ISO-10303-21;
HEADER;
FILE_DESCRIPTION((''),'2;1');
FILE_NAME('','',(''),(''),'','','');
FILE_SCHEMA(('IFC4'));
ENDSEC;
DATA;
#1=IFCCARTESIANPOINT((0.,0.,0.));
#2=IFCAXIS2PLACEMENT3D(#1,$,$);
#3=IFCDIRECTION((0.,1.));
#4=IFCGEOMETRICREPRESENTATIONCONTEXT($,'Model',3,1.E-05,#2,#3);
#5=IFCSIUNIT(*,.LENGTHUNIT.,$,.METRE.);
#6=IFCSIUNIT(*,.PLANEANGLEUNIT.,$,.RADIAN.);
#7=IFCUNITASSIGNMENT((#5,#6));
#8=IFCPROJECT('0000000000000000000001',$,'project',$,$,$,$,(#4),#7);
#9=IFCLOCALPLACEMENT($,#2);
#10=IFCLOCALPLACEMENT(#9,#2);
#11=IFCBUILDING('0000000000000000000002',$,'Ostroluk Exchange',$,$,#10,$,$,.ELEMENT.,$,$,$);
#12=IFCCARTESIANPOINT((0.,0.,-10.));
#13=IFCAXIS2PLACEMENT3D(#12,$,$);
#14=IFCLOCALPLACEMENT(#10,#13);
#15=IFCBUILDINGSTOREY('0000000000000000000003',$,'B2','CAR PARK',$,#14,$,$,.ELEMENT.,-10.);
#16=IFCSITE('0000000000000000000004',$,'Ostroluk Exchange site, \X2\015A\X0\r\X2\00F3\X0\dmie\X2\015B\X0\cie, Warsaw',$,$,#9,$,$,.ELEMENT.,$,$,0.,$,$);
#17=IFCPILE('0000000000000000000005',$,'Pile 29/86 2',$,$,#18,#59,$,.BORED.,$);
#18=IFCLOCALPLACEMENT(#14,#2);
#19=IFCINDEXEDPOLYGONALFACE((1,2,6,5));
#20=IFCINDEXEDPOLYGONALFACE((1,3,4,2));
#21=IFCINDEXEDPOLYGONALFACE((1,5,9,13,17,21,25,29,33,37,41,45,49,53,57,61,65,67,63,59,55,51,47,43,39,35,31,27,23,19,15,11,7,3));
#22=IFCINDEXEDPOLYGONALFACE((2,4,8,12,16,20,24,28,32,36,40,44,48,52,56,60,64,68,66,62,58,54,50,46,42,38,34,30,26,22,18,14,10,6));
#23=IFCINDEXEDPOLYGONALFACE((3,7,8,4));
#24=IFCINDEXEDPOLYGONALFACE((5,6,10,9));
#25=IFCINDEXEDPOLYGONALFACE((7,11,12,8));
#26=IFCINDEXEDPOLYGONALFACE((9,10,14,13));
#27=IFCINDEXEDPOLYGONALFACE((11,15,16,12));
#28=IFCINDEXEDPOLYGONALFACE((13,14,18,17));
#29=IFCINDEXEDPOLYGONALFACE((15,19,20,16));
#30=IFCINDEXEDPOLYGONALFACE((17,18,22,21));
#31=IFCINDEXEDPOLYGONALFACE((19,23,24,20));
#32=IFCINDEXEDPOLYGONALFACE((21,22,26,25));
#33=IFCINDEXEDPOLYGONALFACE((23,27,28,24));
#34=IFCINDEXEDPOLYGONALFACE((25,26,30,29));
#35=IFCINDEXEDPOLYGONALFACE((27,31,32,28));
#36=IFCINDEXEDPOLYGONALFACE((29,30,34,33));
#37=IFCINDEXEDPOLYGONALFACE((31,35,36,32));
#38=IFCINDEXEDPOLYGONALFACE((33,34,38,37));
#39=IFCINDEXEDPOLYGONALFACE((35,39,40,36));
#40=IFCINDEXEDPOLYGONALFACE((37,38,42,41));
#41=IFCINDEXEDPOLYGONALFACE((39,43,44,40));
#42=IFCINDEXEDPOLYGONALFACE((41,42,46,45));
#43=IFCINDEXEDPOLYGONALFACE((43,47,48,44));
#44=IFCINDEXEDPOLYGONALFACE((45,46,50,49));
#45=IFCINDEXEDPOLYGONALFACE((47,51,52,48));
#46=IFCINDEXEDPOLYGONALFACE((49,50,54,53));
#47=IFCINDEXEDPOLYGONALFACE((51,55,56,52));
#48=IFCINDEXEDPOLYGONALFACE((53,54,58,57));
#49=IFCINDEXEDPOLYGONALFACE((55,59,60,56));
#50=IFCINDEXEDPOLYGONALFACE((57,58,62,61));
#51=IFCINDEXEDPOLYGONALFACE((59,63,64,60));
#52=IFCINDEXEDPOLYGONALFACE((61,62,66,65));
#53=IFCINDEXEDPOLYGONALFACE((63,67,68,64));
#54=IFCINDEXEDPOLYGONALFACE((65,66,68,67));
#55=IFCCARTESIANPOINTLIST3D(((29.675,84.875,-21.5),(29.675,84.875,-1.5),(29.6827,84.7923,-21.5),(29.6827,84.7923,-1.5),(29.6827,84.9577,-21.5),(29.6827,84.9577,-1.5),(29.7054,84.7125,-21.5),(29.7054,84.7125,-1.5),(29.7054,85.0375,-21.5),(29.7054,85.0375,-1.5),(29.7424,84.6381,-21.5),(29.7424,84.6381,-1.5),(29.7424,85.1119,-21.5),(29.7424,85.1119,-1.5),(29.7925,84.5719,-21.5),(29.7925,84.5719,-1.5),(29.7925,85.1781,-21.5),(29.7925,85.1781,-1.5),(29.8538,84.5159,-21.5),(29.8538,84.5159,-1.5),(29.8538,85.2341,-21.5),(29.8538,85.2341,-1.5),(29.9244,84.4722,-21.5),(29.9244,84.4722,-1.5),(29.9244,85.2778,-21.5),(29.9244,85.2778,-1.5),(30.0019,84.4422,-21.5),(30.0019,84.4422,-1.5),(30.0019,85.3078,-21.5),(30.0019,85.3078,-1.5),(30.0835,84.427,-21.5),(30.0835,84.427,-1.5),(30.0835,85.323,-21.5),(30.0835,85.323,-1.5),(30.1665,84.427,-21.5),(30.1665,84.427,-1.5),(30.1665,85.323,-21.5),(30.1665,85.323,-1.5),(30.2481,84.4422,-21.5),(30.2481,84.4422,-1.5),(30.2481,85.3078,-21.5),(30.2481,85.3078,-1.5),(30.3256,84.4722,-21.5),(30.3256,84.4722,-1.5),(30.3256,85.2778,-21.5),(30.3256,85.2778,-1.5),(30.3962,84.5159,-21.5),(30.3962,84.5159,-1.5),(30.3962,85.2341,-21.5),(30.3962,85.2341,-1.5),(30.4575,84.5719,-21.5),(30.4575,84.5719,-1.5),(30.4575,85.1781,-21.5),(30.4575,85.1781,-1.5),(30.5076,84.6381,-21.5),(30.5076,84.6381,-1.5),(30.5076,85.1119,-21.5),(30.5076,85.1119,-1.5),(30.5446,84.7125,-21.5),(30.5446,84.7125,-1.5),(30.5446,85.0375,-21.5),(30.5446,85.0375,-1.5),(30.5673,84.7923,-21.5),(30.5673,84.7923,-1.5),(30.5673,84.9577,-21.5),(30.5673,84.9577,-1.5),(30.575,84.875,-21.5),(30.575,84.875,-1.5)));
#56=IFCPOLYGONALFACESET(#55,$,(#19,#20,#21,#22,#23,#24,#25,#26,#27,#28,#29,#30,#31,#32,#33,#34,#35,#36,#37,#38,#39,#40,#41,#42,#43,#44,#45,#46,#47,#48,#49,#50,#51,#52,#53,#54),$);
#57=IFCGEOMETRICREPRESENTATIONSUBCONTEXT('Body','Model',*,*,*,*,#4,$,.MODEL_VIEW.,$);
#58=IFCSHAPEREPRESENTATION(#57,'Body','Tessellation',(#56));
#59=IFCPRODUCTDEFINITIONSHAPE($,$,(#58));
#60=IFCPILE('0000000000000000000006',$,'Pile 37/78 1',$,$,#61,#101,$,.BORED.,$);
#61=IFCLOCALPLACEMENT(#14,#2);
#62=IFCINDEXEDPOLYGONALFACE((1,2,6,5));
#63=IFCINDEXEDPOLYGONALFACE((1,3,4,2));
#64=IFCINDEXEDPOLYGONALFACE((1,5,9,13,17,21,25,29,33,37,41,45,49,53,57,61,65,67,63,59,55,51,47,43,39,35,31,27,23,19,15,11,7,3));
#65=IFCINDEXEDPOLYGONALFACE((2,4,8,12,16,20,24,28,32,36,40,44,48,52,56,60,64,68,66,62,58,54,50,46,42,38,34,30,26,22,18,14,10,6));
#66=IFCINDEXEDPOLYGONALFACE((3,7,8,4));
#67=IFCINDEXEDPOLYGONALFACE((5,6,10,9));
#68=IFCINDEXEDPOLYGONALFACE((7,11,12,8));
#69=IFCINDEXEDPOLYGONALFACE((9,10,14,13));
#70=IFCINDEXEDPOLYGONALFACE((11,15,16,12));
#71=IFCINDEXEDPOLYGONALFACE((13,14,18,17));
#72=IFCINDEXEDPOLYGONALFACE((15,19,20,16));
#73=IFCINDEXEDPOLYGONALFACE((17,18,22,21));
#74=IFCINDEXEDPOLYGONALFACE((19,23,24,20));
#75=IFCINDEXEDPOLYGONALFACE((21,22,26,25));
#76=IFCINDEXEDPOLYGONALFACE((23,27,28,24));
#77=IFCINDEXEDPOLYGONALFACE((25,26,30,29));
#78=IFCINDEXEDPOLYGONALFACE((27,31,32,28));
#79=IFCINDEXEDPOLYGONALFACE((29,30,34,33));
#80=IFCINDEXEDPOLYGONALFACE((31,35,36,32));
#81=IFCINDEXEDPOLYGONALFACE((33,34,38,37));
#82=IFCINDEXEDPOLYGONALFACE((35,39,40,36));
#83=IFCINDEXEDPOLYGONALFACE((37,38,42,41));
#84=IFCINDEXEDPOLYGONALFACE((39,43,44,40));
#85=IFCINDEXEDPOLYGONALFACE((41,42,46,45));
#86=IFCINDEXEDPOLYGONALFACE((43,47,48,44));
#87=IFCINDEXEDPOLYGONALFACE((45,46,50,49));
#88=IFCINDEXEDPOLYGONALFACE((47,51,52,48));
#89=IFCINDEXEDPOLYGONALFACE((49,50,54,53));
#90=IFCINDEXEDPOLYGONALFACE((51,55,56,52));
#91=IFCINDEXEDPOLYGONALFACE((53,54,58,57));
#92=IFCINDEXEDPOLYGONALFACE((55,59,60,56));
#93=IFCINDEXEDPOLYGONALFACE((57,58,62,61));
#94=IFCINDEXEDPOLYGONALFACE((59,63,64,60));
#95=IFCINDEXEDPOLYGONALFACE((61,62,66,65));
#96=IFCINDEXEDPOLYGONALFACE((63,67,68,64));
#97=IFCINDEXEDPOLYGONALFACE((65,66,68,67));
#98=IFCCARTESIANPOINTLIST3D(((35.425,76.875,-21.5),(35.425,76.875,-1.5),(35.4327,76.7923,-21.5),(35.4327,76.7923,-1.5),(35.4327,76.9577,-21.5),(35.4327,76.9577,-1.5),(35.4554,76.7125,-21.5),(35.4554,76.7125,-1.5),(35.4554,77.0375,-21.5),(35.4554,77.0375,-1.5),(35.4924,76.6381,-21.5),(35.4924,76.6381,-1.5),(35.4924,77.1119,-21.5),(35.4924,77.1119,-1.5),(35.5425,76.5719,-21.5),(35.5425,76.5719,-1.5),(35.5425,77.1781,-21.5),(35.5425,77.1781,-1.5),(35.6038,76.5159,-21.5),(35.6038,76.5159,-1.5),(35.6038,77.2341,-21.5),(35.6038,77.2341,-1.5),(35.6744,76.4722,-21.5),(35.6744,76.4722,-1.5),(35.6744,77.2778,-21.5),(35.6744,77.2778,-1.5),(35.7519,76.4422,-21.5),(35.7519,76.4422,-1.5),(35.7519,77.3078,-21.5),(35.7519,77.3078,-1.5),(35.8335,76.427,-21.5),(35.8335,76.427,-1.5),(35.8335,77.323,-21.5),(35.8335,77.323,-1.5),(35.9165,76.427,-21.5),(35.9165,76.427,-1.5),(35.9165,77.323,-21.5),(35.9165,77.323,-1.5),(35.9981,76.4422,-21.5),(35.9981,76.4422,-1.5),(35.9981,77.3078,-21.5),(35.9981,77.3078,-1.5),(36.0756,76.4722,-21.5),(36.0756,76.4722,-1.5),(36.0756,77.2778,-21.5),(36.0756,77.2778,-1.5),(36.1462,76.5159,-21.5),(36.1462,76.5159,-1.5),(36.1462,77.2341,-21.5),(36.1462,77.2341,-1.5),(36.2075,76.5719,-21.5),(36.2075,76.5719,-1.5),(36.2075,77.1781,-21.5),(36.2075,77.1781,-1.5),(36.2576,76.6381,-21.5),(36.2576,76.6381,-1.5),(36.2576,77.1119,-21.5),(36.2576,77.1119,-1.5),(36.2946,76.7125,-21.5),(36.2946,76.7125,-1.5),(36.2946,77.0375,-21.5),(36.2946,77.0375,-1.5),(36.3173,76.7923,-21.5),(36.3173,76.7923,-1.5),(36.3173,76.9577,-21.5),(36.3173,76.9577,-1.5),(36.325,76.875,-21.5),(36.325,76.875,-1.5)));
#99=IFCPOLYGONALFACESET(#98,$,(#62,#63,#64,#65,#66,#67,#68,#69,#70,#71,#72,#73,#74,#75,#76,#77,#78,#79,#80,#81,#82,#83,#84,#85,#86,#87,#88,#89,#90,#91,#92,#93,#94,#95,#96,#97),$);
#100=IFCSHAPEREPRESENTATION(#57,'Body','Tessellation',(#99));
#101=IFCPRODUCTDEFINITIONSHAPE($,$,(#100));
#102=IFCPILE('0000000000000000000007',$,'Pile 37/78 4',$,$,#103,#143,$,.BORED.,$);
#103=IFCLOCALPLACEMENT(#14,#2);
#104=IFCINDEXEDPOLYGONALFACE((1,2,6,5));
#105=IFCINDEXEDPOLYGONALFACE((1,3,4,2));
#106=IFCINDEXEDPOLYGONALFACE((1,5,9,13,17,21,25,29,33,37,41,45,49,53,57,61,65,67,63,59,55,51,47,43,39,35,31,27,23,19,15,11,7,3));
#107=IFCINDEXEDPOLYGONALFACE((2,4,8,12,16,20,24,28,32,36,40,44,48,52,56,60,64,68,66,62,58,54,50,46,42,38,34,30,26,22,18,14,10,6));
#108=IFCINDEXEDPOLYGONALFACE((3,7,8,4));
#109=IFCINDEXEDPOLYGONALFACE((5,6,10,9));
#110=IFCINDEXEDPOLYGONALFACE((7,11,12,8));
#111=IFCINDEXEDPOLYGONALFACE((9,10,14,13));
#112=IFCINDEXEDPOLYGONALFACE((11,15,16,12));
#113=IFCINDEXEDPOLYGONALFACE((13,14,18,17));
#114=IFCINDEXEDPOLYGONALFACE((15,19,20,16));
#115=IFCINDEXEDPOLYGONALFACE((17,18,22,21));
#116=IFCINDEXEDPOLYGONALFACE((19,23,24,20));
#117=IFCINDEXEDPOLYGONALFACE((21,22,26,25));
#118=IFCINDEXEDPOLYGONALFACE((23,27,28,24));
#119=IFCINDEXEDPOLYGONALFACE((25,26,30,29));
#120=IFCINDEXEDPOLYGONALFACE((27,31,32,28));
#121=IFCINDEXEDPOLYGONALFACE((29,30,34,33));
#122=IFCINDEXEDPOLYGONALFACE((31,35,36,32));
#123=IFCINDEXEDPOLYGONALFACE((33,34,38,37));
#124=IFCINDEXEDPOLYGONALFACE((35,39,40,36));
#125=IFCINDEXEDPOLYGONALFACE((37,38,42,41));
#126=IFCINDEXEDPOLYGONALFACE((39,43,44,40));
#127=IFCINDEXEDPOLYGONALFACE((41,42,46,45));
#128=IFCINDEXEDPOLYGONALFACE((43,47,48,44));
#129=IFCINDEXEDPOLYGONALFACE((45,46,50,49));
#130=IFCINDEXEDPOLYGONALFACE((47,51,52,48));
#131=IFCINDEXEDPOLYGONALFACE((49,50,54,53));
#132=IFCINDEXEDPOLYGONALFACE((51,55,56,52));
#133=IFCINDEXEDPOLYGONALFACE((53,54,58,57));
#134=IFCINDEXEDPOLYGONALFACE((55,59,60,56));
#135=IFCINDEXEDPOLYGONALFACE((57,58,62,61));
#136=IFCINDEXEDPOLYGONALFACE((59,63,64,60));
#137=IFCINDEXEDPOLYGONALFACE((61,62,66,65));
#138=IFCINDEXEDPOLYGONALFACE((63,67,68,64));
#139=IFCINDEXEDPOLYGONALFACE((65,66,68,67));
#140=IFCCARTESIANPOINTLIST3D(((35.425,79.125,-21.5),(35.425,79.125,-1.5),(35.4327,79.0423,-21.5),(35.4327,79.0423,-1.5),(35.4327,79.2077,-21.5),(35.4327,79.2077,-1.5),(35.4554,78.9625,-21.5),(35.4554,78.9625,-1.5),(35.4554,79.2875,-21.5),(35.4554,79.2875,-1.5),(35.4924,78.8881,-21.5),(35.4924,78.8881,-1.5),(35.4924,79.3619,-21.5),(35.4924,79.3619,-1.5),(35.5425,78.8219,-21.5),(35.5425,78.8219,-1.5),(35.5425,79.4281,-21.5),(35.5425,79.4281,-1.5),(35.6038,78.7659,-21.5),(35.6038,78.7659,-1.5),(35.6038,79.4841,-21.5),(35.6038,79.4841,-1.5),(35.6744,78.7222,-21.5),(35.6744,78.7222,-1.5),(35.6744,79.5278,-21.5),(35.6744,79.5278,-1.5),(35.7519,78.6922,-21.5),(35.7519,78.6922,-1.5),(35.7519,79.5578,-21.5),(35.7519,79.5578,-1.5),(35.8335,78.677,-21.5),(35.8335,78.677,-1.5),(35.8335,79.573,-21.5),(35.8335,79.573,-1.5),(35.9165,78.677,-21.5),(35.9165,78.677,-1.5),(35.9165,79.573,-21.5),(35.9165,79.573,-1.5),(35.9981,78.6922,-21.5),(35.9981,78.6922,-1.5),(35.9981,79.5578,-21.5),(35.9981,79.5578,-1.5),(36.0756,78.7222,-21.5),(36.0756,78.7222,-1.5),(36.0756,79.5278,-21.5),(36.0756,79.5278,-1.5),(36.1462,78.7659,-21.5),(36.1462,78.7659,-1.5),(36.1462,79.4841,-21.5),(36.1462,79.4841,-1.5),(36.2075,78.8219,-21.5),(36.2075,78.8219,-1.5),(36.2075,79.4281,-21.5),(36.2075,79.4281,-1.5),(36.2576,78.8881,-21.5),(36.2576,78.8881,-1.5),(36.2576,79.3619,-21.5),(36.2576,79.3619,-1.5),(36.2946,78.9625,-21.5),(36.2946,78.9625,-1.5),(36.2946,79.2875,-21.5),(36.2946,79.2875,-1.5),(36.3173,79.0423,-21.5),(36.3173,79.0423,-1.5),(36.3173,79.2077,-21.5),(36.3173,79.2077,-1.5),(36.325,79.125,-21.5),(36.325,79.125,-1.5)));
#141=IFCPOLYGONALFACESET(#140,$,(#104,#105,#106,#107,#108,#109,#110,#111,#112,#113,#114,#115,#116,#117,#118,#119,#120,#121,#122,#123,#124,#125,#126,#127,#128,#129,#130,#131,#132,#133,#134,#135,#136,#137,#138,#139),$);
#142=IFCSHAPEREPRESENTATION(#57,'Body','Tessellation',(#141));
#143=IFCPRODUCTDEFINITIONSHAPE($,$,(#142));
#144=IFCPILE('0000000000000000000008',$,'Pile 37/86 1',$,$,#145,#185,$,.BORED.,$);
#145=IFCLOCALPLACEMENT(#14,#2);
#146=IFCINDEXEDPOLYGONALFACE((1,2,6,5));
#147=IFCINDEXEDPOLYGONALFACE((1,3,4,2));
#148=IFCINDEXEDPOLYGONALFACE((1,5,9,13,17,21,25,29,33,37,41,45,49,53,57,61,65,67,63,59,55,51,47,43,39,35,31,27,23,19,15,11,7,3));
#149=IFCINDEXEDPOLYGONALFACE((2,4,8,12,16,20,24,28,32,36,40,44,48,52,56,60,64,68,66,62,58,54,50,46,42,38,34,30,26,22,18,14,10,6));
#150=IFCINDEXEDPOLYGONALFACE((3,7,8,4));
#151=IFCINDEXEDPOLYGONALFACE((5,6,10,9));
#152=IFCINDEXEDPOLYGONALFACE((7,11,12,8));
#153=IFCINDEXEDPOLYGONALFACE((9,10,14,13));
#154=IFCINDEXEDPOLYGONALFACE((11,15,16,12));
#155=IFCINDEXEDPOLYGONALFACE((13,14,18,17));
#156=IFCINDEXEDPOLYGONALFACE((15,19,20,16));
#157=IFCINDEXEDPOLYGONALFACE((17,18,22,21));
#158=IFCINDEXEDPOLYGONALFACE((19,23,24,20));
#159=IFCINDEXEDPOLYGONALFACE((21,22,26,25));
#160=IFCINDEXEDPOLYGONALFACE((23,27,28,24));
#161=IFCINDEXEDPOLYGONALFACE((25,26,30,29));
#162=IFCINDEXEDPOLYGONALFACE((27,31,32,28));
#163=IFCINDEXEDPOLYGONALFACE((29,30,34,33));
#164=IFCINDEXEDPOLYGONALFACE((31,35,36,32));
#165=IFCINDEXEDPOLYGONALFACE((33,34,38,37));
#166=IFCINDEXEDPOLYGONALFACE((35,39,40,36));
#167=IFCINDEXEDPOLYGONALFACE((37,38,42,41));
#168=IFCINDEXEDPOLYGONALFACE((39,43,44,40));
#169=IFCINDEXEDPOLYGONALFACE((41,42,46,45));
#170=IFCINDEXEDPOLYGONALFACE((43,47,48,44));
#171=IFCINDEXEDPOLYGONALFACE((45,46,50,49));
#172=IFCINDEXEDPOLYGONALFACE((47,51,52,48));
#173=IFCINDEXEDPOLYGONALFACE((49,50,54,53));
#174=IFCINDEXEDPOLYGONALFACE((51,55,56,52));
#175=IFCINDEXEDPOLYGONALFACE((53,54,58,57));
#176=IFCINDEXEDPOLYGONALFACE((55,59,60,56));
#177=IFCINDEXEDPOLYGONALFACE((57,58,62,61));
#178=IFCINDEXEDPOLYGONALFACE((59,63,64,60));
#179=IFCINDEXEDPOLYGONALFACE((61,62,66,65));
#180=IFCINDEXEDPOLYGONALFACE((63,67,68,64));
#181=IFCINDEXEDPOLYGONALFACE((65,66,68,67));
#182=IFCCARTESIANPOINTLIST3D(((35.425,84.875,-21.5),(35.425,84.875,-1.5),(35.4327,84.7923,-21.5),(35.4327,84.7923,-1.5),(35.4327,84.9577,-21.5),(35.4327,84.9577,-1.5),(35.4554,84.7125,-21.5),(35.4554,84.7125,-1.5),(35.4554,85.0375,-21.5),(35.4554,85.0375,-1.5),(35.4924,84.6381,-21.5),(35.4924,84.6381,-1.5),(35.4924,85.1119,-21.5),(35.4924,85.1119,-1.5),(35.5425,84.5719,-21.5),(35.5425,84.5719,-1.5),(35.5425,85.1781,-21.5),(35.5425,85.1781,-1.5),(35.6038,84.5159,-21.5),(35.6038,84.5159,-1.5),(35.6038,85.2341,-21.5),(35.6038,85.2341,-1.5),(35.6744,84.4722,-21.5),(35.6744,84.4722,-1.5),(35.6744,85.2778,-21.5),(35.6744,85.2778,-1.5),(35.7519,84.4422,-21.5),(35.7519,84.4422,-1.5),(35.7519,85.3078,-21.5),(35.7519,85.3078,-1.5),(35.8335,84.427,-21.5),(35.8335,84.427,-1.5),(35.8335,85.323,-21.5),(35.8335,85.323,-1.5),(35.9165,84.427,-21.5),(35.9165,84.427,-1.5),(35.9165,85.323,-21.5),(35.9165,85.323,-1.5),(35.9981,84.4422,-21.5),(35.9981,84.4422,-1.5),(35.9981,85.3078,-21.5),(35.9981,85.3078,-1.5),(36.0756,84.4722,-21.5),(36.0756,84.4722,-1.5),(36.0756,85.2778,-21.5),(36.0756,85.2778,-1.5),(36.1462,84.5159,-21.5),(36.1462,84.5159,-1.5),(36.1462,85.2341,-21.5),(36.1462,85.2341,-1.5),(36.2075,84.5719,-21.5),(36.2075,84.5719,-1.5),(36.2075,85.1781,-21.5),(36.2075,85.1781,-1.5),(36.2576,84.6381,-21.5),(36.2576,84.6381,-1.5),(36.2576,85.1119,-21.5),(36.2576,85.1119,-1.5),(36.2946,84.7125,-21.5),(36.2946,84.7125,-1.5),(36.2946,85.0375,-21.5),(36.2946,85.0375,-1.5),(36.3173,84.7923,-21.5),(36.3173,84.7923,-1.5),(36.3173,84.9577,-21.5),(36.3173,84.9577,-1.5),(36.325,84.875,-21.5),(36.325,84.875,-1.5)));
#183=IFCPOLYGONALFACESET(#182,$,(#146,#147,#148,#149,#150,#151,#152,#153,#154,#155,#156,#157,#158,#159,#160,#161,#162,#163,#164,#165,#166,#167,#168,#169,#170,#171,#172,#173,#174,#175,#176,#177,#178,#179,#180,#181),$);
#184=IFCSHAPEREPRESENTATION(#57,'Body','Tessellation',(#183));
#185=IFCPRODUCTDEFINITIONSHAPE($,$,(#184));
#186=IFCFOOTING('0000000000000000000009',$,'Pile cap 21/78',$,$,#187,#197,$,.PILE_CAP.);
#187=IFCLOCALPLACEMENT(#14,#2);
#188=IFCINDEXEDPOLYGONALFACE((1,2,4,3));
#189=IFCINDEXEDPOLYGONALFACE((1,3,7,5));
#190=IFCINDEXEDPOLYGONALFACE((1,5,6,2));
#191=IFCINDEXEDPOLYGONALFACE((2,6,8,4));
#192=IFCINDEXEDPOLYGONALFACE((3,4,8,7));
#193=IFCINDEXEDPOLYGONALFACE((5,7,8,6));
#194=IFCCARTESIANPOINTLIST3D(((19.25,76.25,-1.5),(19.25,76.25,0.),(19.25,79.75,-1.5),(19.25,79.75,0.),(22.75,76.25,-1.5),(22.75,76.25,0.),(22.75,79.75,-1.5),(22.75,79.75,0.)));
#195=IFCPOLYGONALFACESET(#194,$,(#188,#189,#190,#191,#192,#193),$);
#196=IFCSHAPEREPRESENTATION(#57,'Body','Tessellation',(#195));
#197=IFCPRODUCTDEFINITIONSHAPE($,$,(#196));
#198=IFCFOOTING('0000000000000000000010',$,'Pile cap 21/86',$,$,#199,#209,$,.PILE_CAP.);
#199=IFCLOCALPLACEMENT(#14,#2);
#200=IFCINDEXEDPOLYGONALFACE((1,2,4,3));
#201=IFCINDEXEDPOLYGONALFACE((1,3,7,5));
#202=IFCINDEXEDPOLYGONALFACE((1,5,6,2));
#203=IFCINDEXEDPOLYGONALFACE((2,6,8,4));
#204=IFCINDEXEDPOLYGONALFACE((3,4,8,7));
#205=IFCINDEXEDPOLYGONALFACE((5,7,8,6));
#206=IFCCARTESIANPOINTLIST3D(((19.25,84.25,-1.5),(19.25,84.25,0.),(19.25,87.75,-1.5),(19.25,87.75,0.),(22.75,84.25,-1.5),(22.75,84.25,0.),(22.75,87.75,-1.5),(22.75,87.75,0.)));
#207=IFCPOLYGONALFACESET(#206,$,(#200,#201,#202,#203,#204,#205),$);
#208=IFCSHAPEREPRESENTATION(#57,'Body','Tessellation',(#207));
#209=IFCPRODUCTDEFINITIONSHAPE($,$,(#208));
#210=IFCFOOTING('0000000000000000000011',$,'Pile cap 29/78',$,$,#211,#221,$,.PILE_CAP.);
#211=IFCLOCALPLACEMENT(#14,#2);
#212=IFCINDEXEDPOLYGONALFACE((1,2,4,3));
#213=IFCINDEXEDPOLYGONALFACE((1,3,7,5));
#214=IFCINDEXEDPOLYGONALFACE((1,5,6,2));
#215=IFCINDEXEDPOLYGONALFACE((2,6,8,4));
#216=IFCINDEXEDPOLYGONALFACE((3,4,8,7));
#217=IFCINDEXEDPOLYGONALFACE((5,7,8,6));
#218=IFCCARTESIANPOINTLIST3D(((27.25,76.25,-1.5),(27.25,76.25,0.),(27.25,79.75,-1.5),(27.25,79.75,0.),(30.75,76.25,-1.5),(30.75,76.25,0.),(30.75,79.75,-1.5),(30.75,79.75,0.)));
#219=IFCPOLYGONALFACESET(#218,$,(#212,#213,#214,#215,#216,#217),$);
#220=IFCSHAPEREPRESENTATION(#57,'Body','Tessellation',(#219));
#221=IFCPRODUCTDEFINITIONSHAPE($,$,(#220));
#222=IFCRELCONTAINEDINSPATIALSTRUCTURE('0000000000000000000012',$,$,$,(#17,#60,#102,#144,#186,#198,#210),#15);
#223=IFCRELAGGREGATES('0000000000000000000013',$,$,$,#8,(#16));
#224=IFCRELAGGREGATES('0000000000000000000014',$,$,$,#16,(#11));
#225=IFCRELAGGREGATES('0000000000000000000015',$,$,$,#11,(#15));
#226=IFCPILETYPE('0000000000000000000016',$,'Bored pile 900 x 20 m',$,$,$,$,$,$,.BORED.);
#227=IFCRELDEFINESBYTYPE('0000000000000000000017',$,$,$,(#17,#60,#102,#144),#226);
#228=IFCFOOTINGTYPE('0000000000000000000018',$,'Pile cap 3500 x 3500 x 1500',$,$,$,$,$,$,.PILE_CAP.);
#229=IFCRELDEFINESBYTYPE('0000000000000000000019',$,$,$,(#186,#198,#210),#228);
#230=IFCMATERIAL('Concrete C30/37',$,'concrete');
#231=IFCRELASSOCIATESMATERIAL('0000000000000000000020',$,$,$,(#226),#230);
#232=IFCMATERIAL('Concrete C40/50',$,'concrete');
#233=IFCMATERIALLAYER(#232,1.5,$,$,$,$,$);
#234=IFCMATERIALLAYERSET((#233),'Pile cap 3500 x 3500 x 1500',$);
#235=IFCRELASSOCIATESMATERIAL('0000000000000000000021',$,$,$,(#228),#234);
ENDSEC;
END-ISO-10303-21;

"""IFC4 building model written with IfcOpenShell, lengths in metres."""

from ifc_helpers import new_model, si_unit, direction, frame, origin, origin_2d, place, context, subcontext, project, spatial, rectangle, circle, extrude, material, layer, layer_set, type_object, element, save


model = new_model("IFC4")

# Units and contexts
model_context = context("Model", 3, precision=1e-05, world=origin(), true_north=direction((0.0, 1.0)))
body_context = subcontext(model_context, "Body", "Model", "MODEL_VIEW")
ifc_project = project(units=[si_unit("LENGTHUNIT", "METRE"), si_unit("PLANEANGLEUNIT", "RADIAN")], contexts=[model_context])

# Site, building, storey
site_placement = place(None, origin())
site = spatial("IfcSite", under=ifc_project, at=site_placement, Name="Ostroluk Exchange site, Śródmieście, Warsaw", CompositionType="ELEMENT", RefElevation=0.0)
building_placement = place(site_placement, origin())
building = spatial("IfcBuilding", under=site, at=building_placement, Name="Ostroluk Exchange", CompositionType="ELEMENT")
storey_placement = place(building_placement, frame((0.0, 0.0, -10.0)))
storey = spatial("IfcBuildingStorey", under=building, at=storey_placement, Name="B2", Description="CAR PARK", CompositionType="ELEMENT", Elevation=-10.0)

# Piles
ifc_material_1 = material(Name="Concrete C30/37", Category="concrete")
pile_type_1 = type_object("IfcPileType", Name="Bored pile 900 x 20 m", PredefinedType="BORED", material=ifc_material_1)
for number, where, z_axis, x_axis, name in (
    (1, (30.125, 84.875, -1.5), (0.0, 0.0, -1.0), (1.0, 0.0, 0.0), "Pile 29/86 2"),
    (2, (35.875, 76.875, -1.5), (0.0, 0.0, -1.0), (1.0, 0.0, 0.0), "Pile 37/78 1"),
    (3, (35.875, 79.125, -1.5), (0.0, 0.0, -1.0), (1.0, 0.0, 0.0), "Pile 37/78 4"),
    (4, (35.875, 84.875, -1.5), (0.0, 0.0, -1.0), (1.0, 0.0, 0.0), "Pile 37/86 1"),
):
    element("IfcPile", number, at=place(storey_placement, frame(where, z_axis=z_axis, x_axis=x_axis)), inside=storey, type_object=pile_type_1, Name=name, PredefinedType="BORED", context=body_context, shape_type="SweptSolid", body=[
        extrude(circle(Radius=0.45, at=origin_2d()), origin(), (0.0, 0.0, 1.0), 20.0),
    ])

# Footings
ifc_material_2 = material(Name="Concrete C40/50", Category="concrete")
ifc_layer = layer(ifc_material_2, 1.5)
ifc_layer_set = layer_set([ifc_layer], Name="Pile cap 3500 x 3500 x 1500")
footing_type = type_object("IfcFootingType", Name="Pile cap 3500 x 3500 x 1500", PredefinedType="PILE_CAP", material=ifc_layer_set)
for number, where, z_axis, x_axis, name in (
    (5, (21.0, 78.0, -1.5), (0.0, 0.0, 1.0), (1.0, 0.0, 0.0), "Pile cap 21/78"),
    (6, (21.0, 86.0, -1.5), (0.0, 0.0, 1.0), (1.0, 0.0, 0.0), "Pile cap 21/86"),
    (7, (29.0, 78.0, -1.5), (0.0, 0.0, 1.0), (1.0, 0.0, 0.0), "Pile cap 29/78"),
):
    element("IfcFooting", number, at=place(storey_placement, frame(where, z_axis=z_axis, x_axis=x_axis)), inside=storey, type_object=footing_type, Name=name, PredefinedType="PILE_CAP", context=body_context, shape_type="SweptSolid", body=[
        extrude(rectangle(XDim=3.5, YDim=3.5, at=origin_2d()), origin(), (0.0, 0.0, 1.0), 1.5),
    ])

save(model, "model.ifc")
